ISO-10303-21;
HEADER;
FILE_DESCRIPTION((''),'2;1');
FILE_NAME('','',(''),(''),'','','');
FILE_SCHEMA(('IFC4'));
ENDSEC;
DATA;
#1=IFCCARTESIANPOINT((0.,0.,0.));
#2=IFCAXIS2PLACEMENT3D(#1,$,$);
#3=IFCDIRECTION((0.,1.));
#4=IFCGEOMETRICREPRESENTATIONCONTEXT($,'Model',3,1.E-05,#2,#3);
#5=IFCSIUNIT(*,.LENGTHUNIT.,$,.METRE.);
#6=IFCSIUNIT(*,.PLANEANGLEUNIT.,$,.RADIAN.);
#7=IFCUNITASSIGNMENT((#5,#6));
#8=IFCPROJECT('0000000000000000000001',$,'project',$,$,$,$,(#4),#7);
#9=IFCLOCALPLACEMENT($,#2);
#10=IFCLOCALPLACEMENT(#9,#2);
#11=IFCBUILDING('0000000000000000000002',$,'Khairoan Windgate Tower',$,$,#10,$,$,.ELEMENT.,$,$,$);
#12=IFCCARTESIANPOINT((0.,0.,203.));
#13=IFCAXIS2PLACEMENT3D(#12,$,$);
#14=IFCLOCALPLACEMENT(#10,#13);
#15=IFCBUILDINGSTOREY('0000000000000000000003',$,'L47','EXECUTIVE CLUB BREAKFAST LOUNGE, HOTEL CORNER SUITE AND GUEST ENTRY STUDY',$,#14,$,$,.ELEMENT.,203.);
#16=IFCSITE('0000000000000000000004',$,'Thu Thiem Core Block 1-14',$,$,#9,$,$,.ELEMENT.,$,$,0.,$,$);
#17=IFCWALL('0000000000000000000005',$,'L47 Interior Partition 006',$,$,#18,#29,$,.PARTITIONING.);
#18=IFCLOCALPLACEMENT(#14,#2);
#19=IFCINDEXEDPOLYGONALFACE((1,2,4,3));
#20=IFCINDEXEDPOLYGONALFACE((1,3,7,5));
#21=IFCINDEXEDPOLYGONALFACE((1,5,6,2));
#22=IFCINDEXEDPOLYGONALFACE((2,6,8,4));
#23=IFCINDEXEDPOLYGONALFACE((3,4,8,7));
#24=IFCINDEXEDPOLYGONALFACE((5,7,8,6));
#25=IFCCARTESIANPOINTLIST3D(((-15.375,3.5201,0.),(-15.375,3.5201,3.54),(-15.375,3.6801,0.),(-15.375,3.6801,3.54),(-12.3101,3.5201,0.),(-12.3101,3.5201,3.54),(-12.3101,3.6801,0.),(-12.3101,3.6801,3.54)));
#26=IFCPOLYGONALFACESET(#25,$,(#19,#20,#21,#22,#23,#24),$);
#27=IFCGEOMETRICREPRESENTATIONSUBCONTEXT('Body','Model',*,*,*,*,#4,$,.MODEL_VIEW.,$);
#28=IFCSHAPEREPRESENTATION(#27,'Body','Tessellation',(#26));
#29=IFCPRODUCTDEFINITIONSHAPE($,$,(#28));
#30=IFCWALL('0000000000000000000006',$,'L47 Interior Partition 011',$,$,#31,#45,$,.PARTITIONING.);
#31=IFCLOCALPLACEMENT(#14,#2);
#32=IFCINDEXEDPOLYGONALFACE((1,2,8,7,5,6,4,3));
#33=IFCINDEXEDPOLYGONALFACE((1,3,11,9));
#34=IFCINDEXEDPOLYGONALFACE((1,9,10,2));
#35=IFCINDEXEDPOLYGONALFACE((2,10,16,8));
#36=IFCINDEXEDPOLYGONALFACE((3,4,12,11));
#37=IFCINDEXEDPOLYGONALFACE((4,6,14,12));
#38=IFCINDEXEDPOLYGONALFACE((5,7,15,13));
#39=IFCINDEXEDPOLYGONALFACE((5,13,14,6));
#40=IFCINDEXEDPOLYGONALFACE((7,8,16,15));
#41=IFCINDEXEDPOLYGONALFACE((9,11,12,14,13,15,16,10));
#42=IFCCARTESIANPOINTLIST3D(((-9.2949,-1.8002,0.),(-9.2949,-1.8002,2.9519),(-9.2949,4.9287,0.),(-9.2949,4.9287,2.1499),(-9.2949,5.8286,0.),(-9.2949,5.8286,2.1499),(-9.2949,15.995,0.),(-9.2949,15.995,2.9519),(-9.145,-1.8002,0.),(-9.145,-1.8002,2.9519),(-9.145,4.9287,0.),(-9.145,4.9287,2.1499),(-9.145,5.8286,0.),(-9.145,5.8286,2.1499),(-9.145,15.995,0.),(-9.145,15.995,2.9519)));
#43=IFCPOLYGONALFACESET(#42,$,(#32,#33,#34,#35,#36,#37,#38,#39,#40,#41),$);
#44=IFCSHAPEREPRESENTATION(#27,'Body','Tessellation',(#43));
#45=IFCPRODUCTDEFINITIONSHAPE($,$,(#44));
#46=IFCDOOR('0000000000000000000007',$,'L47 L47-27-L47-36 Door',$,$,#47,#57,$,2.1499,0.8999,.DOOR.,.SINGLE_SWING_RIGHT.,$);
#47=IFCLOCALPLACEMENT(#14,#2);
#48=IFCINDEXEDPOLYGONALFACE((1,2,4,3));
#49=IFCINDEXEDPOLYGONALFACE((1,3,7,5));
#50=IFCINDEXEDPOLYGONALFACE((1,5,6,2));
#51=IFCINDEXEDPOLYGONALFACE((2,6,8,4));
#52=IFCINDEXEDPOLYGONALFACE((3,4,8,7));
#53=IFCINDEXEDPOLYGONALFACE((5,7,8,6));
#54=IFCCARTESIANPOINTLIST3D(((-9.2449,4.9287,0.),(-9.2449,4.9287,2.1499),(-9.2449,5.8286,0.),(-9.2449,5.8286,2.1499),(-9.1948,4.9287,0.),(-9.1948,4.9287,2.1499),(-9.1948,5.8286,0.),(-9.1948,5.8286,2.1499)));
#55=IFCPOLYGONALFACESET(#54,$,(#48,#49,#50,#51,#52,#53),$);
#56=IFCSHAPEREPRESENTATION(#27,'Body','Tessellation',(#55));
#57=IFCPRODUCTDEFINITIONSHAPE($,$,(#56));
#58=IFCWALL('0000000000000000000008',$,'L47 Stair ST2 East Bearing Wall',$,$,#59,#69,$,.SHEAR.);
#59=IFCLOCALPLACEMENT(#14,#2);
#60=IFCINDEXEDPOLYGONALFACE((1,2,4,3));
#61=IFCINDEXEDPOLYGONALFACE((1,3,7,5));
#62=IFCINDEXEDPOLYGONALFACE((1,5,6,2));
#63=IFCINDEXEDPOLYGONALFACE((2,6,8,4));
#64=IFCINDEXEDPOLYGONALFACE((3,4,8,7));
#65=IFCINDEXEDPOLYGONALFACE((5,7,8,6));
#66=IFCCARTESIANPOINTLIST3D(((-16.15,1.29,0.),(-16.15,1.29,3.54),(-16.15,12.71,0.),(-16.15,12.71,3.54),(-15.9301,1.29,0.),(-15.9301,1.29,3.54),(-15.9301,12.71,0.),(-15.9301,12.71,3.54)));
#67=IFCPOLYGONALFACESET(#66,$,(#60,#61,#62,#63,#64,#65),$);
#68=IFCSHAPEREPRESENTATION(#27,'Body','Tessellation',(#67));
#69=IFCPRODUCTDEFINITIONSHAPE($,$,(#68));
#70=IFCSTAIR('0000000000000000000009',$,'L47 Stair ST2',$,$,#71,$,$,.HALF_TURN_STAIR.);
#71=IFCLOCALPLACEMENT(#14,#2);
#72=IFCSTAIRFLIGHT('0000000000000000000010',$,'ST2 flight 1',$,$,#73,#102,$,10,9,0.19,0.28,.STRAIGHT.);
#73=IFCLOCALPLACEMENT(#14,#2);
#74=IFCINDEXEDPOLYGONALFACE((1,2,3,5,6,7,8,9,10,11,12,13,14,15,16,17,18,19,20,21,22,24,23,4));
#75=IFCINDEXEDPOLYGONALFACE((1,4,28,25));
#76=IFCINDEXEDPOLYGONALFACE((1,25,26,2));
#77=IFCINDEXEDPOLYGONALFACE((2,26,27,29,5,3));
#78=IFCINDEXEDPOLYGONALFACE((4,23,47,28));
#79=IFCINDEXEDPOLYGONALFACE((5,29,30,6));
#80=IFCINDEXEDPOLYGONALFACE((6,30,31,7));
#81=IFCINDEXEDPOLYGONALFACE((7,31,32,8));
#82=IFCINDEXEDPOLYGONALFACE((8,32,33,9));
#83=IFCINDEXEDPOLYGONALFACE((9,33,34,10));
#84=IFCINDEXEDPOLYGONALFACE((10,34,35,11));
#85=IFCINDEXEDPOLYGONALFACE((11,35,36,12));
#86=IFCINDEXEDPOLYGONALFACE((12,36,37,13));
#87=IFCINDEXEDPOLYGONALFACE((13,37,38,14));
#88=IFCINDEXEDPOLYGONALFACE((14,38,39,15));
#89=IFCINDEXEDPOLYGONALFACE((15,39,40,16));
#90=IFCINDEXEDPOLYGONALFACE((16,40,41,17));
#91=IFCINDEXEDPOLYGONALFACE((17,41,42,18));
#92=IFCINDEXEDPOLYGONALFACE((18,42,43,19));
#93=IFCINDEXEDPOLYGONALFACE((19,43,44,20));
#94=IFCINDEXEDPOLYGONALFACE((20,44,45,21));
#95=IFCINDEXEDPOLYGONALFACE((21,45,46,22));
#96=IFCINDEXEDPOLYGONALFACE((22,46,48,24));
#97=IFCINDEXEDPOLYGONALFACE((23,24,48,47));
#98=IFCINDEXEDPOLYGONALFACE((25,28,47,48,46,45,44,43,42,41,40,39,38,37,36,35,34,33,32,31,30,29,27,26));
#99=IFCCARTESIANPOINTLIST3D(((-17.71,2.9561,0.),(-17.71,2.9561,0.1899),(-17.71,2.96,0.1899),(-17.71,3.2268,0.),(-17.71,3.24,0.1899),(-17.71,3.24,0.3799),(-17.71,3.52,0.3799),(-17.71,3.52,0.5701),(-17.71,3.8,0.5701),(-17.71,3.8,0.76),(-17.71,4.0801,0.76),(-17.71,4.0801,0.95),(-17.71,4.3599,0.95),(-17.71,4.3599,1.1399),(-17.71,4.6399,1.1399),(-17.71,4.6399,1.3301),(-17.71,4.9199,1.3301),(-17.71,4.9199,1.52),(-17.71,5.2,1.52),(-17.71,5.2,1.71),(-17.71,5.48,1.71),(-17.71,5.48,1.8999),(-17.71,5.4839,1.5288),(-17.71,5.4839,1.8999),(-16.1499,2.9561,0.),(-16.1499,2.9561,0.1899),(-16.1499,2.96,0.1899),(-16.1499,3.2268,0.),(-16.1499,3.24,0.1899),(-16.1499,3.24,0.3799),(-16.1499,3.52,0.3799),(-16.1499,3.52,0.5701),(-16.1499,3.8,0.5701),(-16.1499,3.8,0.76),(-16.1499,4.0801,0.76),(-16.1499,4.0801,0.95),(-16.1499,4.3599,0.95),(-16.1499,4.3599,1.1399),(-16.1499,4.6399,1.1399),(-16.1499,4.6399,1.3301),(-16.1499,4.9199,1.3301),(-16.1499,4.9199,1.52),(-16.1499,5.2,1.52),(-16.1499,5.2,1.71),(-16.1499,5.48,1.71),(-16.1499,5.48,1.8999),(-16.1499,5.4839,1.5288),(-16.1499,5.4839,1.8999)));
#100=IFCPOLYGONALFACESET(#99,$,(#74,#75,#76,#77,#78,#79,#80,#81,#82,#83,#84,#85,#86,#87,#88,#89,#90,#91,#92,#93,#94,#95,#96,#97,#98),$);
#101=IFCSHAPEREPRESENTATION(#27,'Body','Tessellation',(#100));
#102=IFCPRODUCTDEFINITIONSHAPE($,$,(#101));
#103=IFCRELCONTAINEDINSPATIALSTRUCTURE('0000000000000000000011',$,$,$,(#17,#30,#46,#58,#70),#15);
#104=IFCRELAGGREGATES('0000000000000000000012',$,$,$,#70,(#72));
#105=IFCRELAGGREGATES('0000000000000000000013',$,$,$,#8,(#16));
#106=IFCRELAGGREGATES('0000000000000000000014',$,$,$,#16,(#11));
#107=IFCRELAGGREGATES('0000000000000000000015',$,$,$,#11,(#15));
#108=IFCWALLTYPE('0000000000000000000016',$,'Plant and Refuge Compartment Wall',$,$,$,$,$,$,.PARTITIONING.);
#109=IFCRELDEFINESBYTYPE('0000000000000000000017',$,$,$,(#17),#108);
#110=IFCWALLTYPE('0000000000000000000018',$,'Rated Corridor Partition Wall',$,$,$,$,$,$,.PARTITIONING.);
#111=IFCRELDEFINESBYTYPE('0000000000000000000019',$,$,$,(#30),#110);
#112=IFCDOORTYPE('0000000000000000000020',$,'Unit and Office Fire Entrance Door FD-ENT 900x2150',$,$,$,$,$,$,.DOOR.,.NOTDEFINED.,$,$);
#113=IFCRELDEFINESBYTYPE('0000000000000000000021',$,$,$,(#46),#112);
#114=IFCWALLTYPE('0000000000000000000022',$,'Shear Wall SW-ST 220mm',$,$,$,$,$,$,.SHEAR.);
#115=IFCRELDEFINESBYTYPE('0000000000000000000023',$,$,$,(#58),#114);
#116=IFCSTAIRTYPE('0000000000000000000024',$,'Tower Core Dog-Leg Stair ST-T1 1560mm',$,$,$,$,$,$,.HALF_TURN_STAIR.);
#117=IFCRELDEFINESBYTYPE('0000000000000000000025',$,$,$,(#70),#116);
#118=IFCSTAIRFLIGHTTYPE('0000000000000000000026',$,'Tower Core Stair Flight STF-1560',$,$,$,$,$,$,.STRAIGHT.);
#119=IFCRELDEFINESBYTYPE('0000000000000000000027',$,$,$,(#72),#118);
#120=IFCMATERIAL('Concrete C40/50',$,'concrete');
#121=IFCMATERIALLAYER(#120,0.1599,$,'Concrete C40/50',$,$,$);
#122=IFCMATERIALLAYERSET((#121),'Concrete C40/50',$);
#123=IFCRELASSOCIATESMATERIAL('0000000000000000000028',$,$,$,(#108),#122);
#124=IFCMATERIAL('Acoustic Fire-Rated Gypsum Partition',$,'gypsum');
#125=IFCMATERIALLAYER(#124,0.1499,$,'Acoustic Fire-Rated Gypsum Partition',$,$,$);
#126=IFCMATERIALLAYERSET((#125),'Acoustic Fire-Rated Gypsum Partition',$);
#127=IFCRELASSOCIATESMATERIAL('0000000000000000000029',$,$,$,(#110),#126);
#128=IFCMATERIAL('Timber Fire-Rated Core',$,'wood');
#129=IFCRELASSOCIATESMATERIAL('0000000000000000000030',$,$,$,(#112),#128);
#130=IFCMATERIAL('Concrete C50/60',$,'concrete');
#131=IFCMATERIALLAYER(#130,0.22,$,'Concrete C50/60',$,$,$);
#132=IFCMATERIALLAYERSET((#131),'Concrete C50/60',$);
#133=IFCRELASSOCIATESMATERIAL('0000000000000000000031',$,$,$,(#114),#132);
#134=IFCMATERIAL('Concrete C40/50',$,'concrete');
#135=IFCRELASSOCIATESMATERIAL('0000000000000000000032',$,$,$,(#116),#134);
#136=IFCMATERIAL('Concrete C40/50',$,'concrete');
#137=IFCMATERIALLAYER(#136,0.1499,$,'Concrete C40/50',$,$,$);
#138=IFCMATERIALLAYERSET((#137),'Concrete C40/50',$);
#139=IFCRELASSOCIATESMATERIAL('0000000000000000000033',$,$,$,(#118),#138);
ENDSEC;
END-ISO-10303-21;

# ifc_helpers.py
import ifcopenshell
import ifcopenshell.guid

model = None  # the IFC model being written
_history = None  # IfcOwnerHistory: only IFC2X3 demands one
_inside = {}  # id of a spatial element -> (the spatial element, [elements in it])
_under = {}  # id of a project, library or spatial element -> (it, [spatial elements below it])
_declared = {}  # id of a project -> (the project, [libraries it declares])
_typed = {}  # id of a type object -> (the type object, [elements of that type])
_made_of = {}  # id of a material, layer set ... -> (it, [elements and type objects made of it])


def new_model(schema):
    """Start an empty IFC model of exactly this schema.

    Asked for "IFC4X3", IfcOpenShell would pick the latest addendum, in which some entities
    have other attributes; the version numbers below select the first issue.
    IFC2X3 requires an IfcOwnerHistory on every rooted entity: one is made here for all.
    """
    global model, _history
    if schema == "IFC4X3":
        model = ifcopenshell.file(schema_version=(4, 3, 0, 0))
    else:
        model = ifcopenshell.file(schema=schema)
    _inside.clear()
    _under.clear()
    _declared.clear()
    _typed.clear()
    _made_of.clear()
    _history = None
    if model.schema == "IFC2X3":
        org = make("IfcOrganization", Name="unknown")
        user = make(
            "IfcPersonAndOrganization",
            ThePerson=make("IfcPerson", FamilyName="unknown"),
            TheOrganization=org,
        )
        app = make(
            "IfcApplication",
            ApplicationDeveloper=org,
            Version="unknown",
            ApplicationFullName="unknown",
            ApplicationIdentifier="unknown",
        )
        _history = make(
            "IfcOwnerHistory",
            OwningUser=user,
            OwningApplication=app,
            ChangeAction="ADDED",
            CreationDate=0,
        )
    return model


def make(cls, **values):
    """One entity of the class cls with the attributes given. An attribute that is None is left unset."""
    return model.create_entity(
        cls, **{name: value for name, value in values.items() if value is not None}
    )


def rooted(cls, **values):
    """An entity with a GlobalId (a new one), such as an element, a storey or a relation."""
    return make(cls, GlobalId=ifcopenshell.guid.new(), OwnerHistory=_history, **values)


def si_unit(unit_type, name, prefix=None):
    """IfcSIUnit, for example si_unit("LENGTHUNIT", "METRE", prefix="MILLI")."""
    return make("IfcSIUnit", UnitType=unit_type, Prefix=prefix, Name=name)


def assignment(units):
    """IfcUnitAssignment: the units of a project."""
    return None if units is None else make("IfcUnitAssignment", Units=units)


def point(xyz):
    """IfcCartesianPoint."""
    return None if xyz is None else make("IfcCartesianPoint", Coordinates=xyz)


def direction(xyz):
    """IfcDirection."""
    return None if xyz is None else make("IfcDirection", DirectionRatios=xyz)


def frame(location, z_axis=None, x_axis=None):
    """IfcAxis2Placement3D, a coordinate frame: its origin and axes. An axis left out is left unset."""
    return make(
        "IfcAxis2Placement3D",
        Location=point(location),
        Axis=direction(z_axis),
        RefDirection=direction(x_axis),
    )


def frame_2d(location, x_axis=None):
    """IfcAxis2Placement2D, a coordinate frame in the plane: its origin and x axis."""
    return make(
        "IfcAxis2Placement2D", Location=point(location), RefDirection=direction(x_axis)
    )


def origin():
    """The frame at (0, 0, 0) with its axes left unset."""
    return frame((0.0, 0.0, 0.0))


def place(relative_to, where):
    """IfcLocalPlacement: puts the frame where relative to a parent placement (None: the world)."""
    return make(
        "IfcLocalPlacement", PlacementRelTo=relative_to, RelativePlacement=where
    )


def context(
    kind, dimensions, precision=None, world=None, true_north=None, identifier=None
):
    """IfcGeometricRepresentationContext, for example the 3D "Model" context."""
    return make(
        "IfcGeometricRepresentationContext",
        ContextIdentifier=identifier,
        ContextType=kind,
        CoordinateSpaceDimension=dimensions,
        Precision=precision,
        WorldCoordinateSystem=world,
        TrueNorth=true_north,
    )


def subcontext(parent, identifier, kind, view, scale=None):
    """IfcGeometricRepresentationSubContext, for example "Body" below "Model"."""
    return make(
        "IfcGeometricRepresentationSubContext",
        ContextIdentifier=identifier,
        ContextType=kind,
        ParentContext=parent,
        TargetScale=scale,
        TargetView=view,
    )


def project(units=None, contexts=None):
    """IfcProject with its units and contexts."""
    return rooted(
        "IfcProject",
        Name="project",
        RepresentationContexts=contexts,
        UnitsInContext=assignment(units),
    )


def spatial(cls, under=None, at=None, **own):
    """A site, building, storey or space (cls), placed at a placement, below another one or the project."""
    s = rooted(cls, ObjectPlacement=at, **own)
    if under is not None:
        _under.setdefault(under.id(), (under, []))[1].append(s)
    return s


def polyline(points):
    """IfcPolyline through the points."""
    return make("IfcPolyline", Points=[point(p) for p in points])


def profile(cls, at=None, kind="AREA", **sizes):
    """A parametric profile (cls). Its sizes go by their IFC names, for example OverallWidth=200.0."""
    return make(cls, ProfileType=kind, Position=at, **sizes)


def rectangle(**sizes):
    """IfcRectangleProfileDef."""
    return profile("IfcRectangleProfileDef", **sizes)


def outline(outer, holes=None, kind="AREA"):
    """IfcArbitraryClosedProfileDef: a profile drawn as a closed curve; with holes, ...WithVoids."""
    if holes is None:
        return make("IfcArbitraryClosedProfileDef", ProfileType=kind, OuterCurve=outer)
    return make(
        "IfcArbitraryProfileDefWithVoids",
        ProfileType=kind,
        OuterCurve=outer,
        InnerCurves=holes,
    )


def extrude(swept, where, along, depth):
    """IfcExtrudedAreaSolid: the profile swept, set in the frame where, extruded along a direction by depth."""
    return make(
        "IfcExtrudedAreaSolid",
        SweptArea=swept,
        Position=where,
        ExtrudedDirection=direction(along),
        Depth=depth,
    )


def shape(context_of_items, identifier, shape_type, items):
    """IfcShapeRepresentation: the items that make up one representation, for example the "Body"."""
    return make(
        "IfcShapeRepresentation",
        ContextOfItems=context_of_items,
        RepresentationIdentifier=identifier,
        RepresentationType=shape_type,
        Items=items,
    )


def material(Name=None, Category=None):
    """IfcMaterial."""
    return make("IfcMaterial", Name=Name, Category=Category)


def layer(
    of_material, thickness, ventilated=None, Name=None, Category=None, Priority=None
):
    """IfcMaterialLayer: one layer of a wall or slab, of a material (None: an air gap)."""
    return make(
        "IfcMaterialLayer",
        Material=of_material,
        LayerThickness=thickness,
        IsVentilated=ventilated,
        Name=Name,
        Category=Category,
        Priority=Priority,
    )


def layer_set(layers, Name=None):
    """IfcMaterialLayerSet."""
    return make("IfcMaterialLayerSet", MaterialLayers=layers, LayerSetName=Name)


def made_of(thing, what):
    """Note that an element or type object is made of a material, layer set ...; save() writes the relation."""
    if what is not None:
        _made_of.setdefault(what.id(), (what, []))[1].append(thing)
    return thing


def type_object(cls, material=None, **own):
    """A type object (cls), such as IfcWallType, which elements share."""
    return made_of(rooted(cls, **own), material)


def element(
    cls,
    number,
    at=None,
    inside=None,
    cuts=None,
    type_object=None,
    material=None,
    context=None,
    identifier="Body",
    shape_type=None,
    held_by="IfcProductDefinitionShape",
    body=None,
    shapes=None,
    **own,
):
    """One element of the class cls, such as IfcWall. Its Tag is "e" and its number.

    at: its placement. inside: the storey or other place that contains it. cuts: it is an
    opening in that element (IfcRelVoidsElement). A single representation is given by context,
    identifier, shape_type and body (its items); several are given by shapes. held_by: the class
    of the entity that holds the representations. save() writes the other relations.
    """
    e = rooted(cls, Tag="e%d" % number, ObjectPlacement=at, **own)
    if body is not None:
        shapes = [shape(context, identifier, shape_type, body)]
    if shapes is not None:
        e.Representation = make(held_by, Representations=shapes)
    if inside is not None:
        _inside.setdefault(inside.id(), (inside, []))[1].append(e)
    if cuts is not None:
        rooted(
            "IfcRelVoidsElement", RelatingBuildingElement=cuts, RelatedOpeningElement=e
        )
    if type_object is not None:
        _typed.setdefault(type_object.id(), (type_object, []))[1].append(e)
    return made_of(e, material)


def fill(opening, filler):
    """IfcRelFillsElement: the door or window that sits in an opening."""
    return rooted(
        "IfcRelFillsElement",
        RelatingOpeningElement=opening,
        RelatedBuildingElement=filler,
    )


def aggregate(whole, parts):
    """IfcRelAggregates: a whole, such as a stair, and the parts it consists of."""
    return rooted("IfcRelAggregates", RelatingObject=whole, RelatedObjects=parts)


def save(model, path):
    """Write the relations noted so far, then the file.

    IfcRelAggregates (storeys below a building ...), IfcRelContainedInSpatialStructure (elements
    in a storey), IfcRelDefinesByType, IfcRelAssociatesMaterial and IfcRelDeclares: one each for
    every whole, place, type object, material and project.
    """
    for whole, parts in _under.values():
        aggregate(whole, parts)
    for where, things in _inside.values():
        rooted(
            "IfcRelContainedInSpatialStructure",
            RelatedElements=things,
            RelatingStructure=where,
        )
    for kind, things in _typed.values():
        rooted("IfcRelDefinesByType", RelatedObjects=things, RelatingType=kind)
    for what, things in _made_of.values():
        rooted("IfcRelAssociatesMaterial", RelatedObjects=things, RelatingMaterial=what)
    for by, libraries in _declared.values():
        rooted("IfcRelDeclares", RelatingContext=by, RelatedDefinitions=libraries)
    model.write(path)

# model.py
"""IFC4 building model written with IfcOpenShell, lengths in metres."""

from ifc_helpers import new_model, si_unit, direction, frame, frame_2d, origin, place, context, subcontext, project, spatial, polyline, rectangle, outline, extrude, material, layer, layer_set, type_object, element, fill, aggregate, save


model = new_model("IFC4")

# Units and contexts
model_context = context("Model", 3, precision=1e-05, world=origin(), true_north=direction((0.0, 1.0)))
body_context = subcontext(model_context, "Body", "Model", "MODEL_VIEW")
ifc_project = project(units=[si_unit("LENGTHUNIT", "METRE"), si_unit("PLANEANGLEUNIT", "RADIAN")], contexts=[model_context])

# Site, building, storey
site_placement = place(None, origin())
site = spatial("IfcSite", under=ifc_project, at=site_placement, Name="Thu Thiem Core Block 1-14", CompositionType="ELEMENT", RefElevation=0.0)
building_placement = place(site_placement, origin())
building = spatial("IfcBuilding", under=site, at=building_placement, Name="Khairoan Windgate Tower", CompositionType="ELEMENT")
storey_placement = place(building_placement, frame((0.0, 0.0, 203.0)))
storey = spatial("IfcBuildingStorey", under=building, at=storey_placement, Name="L47", Description="EXECUTIVE CLUB BREAKFAST LOUNGE, HOTEL CORNER SUITE AND GUEST ENTRY STUDY", CompositionType="ELEMENT", Elevation=203.0)

# Wall
ifc_material_1 = material(Name="Concrete C40/50", Category="concrete")
ifc_layer_1 = layer(ifc_material_1, 0.1599, Name="Concrete C40/50")
ifc_layer_set_1 = layer_set([ifc_layer_1], Name="Concrete C40/50")
wall_type_1 = type_object("IfcWallType", Name="Plant and Refuge Compartment Wall", PredefinedType="PARTITIONING", material=ifc_layer_set_1)
wall_1_placement = place(storey_placement, frame((-15.375, 3.6001, 0.0), z_axis=(0.0, 0.0, 1.0), x_axis=(1.0, 0.0, 0.0)))
element("IfcWall", 1, at=wall_1_placement, inside=storey, type_object=wall_type_1, Name="L47 Interior Partition 006", PredefinedType="PARTITIONING", context=body_context, shape_type="SweptSolid", body=[
    extrude(rectangle(XDim=3.0649, YDim=0.1599, at=frame_2d((1.5325, 0.0))), origin(), (0.0, 0.0, 1.0), 3.54),
])

# Wall, opening, door
ifc_material_2 = material(Name="Acoustic Fire-Rated Gypsum Partition", Category="gypsum")
ifc_layer_2 = layer(ifc_material_2, 0.1499, Name="Acoustic Fire-Rated Gypsum Partition")
ifc_layer_set_2 = layer_set([ifc_layer_2], Name="Acoustic Fire-Rated Gypsum Partition")
wall_type_2 = type_object("IfcWallType", Name="Rated Corridor Partition Wall", PredefinedType="PARTITIONING", material=ifc_layer_set_2)
wall_2_placement = place(storey_placement, frame((-9.22, -1.8, 0.0), z_axis=(0.0, 0.0, 1.0), x_axis=(0.0, 1.0, 0.0)))
wall_2 = element("IfcWall", 2, at=wall_2_placement, inside=storey, type_object=wall_type_2, Name="L47 Interior Partition 011", PredefinedType="PARTITIONING", context=body_context, shape_type="SweptSolid", body=[
    extrude(rectangle(XDim=17.7952, YDim=0.1499, at=frame_2d((8.8975, 0.0))), origin(), (0.0, 0.0, 1.0), 2.9519),
])
opening_placement = place(wall_2_placement, frame((6.7288, 0.0, 0.0)))
opening = element("IfcOpeningElement", 3, at=opening_placement, cuts=wall_2, PredefinedType="OPENING", context=body_context, shape_type="SweptSolid", body=[
    extrude(rectangle(XDim=0.8999, YDim=2.1499, at=frame_2d((0.45, 1.075))), frame((0.0, 0.085, 0.0), z_axis=(0.0, -1.0, 0.0), x_axis=(1.0, 0.0, 0.0)), (0.0, 0.0, 1.0), 0.1699),
])
ifc_material_3 = material(Name="Timber Fire-Rated Core", Category="wood")
door_type = type_object("IfcDoorType", Name="Unit and Office Fire Entrance Door FD-ENT 900x2150", OperationType="NOTDEFINED", PredefinedType="DOOR", material=ifc_material_3)
door_placement = place(opening_placement, origin())
door = element("IfcDoor", 4, at=door_placement, inside=storey, type_object=door_type, Name="L47 L47-27-L47-36 Door", OperationType="SINGLE_SWING_RIGHT", OverallHeight=2.1499, OverallWidth=0.8999, PredefinedType="DOOR", context=body_context, shape_type="SweptSolid", body=[
    extrude(rectangle(XDim=0.8999, YDim=2.1499, at=frame_2d((0.45, 1.075))), frame((0.0, 0.0249, 0.0), z_axis=(0.0, -1.0, 0.0), x_axis=(1.0, 0.0, 0.0)), (0.0, 0.0, 1.0), 0.05),
])
fill(opening, door)

# Wall
ifc_material_4 = material(Name="Concrete C50/60", Category="concrete")
ifc_layer_3 = layer(ifc_material_4, 0.22, Name="Concrete C50/60")
ifc_layer_set_3 = layer_set([ifc_layer_3], Name="Concrete C50/60")
wall_type_3 = type_object("IfcWallType", Name="Shear Wall SW-ST 220mm", PredefinedType="SHEAR", material=ifc_layer_set_3)
wall_3_placement = place(storey_placement, frame((-16.04, 1.29, 0.0), z_axis=(0.0, 0.0, 1.0), x_axis=(0.0, 1.0, 0.0)))
element("IfcWall", 5, at=wall_3_placement, inside=storey, type_object=wall_type_3, Name="L47 Stair ST2 East Bearing Wall", PredefinedType="SHEAR", context=body_context, shape_type="SweptSolid", body=[
    extrude(rectangle(XDim=11.4199, YDim=0.22, at=frame_2d((5.71, 0.0))), origin(), (0.0, 0.0, 1.0), 3.54),
])

# Stair, stair flight
ifc_material_5 = material(Name="Concrete C40/50", Category="concrete")
stair_type = type_object("IfcStairType", Name="Tower Core Dog-Leg Stair ST-T1 1560mm", PredefinedType="HALF_TURN_STAIR", material=ifc_material_5)
stair_placement = place(storey_placement, origin())
stair = element("IfcStair", 6, at=stair_placement, inside=storey, type_object=stair_type, Name="L47 Stair ST2", PredefinedType="HALF_TURN_STAIR")
ifc_material_6 = material(Name="Concrete C40/50", Category="concrete")
ifc_layer_4 = layer(ifc_material_6, 0.1499, Name="Concrete C40/50")
ifc_layer_set_4 = layer_set([ifc_layer_4], Name="Concrete C40/50")
stair_flight_type = type_object("IfcStairFlightType", Name="Tower Core Stair Flight STF-1560", PredefinedType="STRAIGHT", material=ifc_layer_set_4)
stair_flight_placement = place(storey_placement, frame((-16.9299, 2.96, 0.0), z_axis=(0.0, 0.0, 1.0), x_axis=(0.0, 1.0, 0.0)))
stair_flight = element("IfcStairFlight", 7, at=stair_flight_placement, type_object=stair_flight_type, Name="ST2 flight 1", NumberOfRisers=10, NumberOfTreads=9, PredefinedType="STRAIGHT", RiserHeight=0.19, TreadLength=0.28, context=body_context, shape_type="SweptSolid", body=[
    extrude(outline(polyline([(-0.0039, 0.0), (-0.0039, 0.1899), (0.0, 0.1899), (0.28, 0.1899), (0.28, 0.3799), (0.5601, 0.3799), (0.5601, 0.5701), (0.8401, 0.5701), (0.8401, 0.76), (1.1201, 0.76), (1.1201, 0.95), (1.3999, 0.95), (1.3999, 1.1399), (1.6799, 1.1399), (1.6799, 1.3301), (1.96, 1.3301), (1.96, 1.52), (2.24, 1.52), (2.24, 1.71), (2.52, 1.71), (2.52, 1.8999), (2.5239, 1.8999), (2.5239, 1.5288), (0.2668, 0.0), (-0.0039, 0.0)])), frame((0.0, 0.78, 0.0), z_axis=(0.0, -1.0, 0.0), x_axis=(1.0, 0.0, 0.0)), (0.0, 0.0, 1.0), 1.5601),
])
aggregate(stair, [stair_flight])

save(model, "model.ifc")
